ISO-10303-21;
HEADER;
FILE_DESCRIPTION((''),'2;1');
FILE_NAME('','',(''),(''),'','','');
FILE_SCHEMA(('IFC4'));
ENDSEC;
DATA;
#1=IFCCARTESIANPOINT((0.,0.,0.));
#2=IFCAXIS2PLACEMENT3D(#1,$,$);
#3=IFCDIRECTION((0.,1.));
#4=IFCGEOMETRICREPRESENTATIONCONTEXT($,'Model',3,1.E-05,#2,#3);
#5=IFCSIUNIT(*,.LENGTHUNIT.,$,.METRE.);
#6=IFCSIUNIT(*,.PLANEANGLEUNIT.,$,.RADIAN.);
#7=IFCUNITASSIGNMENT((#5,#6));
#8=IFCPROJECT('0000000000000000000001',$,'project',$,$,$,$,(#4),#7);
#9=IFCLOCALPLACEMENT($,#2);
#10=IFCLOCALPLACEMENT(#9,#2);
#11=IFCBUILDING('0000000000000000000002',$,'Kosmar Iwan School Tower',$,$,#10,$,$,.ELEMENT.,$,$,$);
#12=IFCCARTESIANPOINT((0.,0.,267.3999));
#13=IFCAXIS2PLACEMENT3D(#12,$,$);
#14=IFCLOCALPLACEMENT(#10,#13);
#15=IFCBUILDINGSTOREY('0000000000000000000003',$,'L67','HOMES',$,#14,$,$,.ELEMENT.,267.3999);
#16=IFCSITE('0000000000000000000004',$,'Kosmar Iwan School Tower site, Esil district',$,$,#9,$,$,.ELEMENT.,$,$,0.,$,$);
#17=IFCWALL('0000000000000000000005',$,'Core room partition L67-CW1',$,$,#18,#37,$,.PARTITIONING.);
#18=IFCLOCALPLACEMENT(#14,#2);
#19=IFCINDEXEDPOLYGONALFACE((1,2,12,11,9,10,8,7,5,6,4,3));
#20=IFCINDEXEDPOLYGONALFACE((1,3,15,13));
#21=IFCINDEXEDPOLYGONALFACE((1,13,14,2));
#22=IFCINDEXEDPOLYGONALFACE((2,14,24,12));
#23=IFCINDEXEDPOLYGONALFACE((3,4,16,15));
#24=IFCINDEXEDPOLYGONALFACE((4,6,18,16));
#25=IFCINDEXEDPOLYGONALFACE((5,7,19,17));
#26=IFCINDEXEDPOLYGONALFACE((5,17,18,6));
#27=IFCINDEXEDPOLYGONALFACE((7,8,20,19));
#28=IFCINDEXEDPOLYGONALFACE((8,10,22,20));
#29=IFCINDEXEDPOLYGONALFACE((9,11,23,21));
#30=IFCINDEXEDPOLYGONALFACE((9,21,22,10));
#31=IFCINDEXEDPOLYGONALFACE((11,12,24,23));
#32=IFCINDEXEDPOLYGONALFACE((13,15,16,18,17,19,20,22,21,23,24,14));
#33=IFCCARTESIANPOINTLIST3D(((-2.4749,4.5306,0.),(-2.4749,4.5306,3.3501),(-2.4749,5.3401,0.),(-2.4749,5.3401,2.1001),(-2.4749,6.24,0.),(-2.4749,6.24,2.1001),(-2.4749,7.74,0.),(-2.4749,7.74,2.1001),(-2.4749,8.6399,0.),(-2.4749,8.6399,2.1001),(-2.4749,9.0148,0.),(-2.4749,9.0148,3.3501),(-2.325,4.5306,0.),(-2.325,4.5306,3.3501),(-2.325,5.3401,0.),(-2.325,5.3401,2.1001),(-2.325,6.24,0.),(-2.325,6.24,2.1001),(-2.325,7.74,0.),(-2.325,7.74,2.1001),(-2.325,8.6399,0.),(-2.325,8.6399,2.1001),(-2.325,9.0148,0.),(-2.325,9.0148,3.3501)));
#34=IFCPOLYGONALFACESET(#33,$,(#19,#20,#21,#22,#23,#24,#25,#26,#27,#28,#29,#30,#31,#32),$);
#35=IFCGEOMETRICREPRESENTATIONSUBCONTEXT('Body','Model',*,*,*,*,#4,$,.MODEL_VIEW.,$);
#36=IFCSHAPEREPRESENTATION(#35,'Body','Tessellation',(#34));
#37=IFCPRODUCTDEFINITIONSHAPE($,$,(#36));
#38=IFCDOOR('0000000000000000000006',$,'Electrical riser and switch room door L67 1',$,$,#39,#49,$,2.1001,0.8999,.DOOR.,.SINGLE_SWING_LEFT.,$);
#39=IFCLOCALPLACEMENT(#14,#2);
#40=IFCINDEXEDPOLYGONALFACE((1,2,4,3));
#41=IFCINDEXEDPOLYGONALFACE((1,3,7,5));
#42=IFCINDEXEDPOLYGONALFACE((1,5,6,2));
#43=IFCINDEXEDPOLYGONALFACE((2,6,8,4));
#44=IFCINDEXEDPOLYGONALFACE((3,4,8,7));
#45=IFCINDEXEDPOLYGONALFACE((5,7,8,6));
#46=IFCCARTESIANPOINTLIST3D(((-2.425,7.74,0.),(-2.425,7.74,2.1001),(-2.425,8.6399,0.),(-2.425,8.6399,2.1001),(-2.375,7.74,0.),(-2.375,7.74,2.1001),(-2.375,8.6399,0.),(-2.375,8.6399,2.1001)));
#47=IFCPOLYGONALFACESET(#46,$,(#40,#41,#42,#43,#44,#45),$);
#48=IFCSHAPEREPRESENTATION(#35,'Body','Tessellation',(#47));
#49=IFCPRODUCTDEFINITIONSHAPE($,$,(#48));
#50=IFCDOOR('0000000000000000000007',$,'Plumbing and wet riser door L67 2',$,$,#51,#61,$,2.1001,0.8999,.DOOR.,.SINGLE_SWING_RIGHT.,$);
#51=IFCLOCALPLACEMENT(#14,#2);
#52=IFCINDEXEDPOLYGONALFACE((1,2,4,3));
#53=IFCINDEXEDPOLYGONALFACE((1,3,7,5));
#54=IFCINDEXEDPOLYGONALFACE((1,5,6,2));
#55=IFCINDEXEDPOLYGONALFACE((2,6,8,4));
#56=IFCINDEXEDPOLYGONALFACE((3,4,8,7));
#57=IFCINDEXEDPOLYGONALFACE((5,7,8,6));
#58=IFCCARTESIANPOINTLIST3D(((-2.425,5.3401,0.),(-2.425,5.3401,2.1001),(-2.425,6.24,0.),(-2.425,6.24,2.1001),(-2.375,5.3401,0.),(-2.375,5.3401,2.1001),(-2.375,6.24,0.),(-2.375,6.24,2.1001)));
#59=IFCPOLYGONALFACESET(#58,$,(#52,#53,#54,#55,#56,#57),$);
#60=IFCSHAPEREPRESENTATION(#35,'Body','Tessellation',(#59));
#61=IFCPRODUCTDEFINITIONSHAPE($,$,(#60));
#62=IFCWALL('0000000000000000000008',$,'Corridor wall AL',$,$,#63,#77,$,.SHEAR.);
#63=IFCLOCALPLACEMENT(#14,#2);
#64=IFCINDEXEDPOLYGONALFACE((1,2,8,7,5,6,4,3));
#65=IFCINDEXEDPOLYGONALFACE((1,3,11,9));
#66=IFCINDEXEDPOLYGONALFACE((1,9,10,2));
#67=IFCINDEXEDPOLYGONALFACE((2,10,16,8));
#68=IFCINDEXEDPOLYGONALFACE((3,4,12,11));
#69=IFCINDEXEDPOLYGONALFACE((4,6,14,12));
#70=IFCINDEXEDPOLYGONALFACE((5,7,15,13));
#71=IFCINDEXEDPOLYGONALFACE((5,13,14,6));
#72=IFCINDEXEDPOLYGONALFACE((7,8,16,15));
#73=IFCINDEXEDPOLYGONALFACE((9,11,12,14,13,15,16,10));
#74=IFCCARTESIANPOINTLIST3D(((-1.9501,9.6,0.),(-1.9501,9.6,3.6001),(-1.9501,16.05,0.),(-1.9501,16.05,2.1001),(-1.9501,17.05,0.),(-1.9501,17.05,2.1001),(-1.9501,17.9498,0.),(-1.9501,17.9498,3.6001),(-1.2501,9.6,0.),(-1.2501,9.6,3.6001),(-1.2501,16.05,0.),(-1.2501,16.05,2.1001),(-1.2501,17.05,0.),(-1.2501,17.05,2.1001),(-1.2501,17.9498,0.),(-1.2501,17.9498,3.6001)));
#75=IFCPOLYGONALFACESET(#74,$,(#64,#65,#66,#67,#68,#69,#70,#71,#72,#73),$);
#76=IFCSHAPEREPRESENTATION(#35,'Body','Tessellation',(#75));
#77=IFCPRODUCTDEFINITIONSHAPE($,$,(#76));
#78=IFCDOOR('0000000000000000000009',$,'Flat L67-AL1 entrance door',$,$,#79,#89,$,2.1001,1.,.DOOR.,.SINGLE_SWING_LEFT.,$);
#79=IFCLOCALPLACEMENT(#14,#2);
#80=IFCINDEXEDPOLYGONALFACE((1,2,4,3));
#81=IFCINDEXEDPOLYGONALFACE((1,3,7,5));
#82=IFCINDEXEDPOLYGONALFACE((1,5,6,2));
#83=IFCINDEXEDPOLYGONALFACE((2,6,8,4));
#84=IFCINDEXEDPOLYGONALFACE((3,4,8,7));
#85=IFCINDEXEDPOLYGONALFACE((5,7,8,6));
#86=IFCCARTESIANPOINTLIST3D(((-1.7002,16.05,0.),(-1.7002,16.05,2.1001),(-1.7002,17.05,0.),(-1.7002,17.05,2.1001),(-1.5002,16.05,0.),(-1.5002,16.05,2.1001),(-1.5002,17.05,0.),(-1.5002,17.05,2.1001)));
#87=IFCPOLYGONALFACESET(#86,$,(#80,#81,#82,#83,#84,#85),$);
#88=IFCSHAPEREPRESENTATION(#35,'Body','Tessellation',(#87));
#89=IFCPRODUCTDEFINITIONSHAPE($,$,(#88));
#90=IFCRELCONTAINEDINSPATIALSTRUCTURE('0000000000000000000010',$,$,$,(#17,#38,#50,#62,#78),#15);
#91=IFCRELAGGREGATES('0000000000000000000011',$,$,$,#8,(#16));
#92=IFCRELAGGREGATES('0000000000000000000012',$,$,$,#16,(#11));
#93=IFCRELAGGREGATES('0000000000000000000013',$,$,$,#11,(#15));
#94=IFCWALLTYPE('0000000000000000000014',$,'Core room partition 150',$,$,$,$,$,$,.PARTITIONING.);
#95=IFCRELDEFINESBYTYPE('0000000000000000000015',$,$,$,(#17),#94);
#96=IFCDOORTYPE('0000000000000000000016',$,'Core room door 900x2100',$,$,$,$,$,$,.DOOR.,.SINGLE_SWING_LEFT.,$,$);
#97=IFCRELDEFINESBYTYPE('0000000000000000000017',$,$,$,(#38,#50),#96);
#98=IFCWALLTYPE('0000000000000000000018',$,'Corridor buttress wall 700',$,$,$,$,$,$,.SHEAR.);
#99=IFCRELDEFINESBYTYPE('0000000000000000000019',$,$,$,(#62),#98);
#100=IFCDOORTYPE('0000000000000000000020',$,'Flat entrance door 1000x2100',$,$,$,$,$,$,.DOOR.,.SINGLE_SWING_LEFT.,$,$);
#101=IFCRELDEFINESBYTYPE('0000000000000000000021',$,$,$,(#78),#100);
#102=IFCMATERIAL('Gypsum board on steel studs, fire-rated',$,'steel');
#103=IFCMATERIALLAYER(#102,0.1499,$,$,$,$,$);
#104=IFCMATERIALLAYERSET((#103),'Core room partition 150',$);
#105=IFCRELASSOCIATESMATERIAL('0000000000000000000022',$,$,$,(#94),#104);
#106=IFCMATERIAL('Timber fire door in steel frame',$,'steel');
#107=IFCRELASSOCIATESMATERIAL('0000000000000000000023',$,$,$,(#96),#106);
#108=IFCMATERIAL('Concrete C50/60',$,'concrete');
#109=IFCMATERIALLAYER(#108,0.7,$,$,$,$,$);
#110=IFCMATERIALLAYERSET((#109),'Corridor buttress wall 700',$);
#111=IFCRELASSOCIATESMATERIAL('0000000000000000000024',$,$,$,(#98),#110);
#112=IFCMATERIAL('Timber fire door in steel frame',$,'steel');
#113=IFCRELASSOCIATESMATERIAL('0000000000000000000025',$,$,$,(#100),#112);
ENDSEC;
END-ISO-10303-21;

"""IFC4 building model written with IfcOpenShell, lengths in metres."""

from ifc_helpers import new_model, si_unit, direction, frame, frame_2d, origin, place, context, subcontext, project, spatial, rectangle, extrude, material, layer, layer_set, type_object, element, fill, save


model = new_model("IFC4")

# Units and contexts
model_context = context("Model", 3, precision=1e-05, world=origin(), true_north=direction((0.0, 1.0)))
body_context = subcontext(model_context, "Body", "Model", "MODEL_VIEW")
ifc_project = project(units=[si_unit("LENGTHUNIT", "METRE"), si_unit("PLANEANGLEUNIT", "RADIAN")], contexts=[model_context])

# Site, building, storey
site_placement = place(None, origin())
site = spatial("IfcSite", under=ifc_project, at=site_placement, Name="Kosmar Iwan School Tower site, Esil district", CompositionType="ELEMENT", RefElevation=0.0)
building_placement = place(site_placement, origin())
building = spatial("IfcBuilding", under=site, at=building_placement, Name="Kosmar Iwan School Tower", CompositionType="ELEMENT")
storey_placement = place(building_placement, frame((0.0, 0.0, 267.3999)))
storey = spatial("IfcBuildingStorey", under=building, at=storey_placement, Name="L67", Description="HOMES", CompositionType="ELEMENT", Elevation=267.3999)

# Wall, openings, doors
ifc_material_1 = material(Name="Gypsum board on steel studs, fire-rated", Category="steel")
ifc_layer_1 = layer(ifc_material_1, 0.1499)
ifc_layer_set_1 = layer_set([ifc_layer_1], Name="Core room partition 150")
wall_type_1 = type_object("IfcWallType", Name="Core room partition 150", PredefinedType="PARTITIONING", material=ifc_layer_set_1)
wall_1_placement = place(storey_placement, frame((-2.3999, 9.0149, 0.0), z_axis=(0.0, 0.0, 1.0), x_axis=(0.0, -1.0, 0.0)))
wall_1 = element("IfcWall", 1, at=wall_1_placement, inside=storey, type_object=wall_type_1, Name="Core room partition L67-CW1", PredefinedType="PARTITIONING", context=body_context, shape_type="SweptSolid", body=[
    extrude(rectangle(XDim=4.4841, YDim=0.1499, at=frame_2d((2.2422, 0.0))), origin(), (0.0, 0.0, 1.0), 3.3501),
])
opening_1_placement = place(wall_1_placement, frame((0.375, 0.0, 0.0)))
opening_1 = element("IfcOpeningElement", 2, at=opening_1_placement, cuts=wall_1, PredefinedType="OPENING", context=body_context, shape_type="SweptSolid", body=[
    extrude(rectangle(XDim=0.8999, YDim=2.1001, at=frame_2d((0.45, 1.05))), frame((0.0, 0.0869, 0.0), z_axis=(0.0, -1.0, 0.0), x_axis=(1.0, 0.0, 0.0)), (0.0, 0.0, 1.0), 0.1738),
])
opening_2_placement = place(wall_1_placement, frame((2.7749, 0.0, 0.0)))
opening_2 = element("IfcOpeningElement", 3, at=opening_2_placement, cuts=wall_1, PredefinedType="OPENING", context=body_context, shape_type="SweptSolid", body=[
    extrude(rectangle(XDim=0.8999, YDim=2.1001, at=frame_2d((0.45, 1.05))), frame((0.0, 0.0869, 0.0), z_axis=(0.0, -1.0, 0.0), x_axis=(1.0, 0.0, 0.0)), (0.0, 0.0, 1.0), 0.1738),
])
ifc_material_2 = material(Name="Timber fire door in steel frame", Category="steel")
door_type_1 = type_object("IfcDoorType", Name="Core room door 900x2100", OperationType="SINGLE_SWING_LEFT", PredefinedType="DOOR", material=ifc_material_2)
door_1_placement = place(opening_1_placement, origin())
door_1 = element("IfcDoor", 4, at=door_1_placement, inside=storey, type_object=door_type_1, Name="Electrical riser and switch room door L67 1", OperationType="SINGLE_SWING_LEFT", OverallHeight=2.1001, OverallWidth=0.8999, PredefinedType="DOOR", context=body_context, shape_type="SweptSolid", body=[
    extrude(rectangle(XDim=0.8999, YDim=2.1001, at=frame_2d((0.45, 1.05))), frame((0.0, 0.0249, 0.0), z_axis=(0.0, -1.0, 0.0), x_axis=(1.0, 0.0, 0.0)), (0.0, 0.0, 1.0), 0.05),
])
fill(opening_1, door_1)
door_2_placement = place(opening_2_placement, origin())
door_2 = element("IfcDoor", 5, at=door_2_placement, inside=storey, type_object=door_type_1, Name="Plumbing and wet riser door L67 2", OperationType="SINGLE_SWING_RIGHT", OverallHeight=2.1001, OverallWidth=0.8999, PredefinedType="DOOR", context=body_context, shape_type="SweptSolid", body=[
    extrude(rectangle(XDim=0.8999, YDim=2.1001, at=frame_2d((0.45, 1.05))), frame((0.0, 0.0249, 0.0), z_axis=(0.0, -1.0, 0.0), x_axis=(1.0, 0.0, 0.0)), (0.0, 0.0, 1.0), 0.05),
])
fill(opening_2, door_2)

# Wall, opening, door
ifc_material_3 = material(Name="Concrete C50/60", Category="concrete")
ifc_layer_2 = layer(ifc_material_3, 0.7)
ifc_layer_set_2 = layer_set([ifc_layer_2], Name="Corridor buttress wall 700")
wall_type_2 = type_object("IfcWallType", Name="Corridor buttress wall 700", PredefinedType="SHEAR", material=ifc_layer_set_2)
wall_2_placement = place(storey_placement, frame((-1.6001, 9.6001, 0.0), z_axis=(0.0, 0.0, 1.0), x_axis=(0.0, 1.0, 0.0)))
wall_2 = element("IfcWall", 6, at=wall_2_placement, inside=storey, type_object=wall_type_2, Name="Corridor wall AL", PredefinedType="SHEAR", context=body_context, shape_type="SweptSolid", body=[
    extrude(rectangle(XDim=8.3499, YDim=0.7, at=frame_2d((4.1748, 0.0))), origin(), (0.0, 0.0, 1.0), 3.6001),
])
opening_3_placement = place(wall_2_placement, frame((6.45, 0.0, 0.0)))
opening_3 = element("IfcOpeningElement", 7, at=opening_3_placement, cuts=wall_2, PredefinedType="OPENING", context=body_context, shape_type="SweptSolid", body=[
    extrude(rectangle(XDim=1.0, YDim=2.1001, at=frame_2d((0.5, 1.05))), frame((0.0, 0.3621, 0.0), z_axis=(0.0, -1.0, 0.0), x_axis=(1.0, 0.0, 0.0)), (0.0, 0.0, 1.0), 0.7239),
])
ifc_material_4 = material(Name="Timber fire door in steel frame", Category="steel")
door_type_2 = type_object("IfcDoorType", Name="Flat entrance door 1000x2100", OperationType="SINGLE_SWING_LEFT", PredefinedType="DOOR", material=ifc_material_4)
door_3_placement = place(opening_3_placement, origin())
door_3 = element("IfcDoor", 8, at=door_3_placement, inside=storey, type_object=door_type_2, Name="Flat L67-AL1 entrance door", OperationType="SINGLE_SWING_LEFT", OverallHeight=2.1001, OverallWidth=1.0, PredefinedType="DOOR", context=body_context, shape_type="SweptSolid", body=[
    extrude(rectangle(XDim=1.0, YDim=2.1001, at=frame_2d((0.5, 1.05))), frame((0.0, 0.1001, 0.0), z_axis=(0.0, -1.0, 0.0), x_axis=(1.0, 0.0, 0.0)), (0.0, 0.0, 1.0), 0.2),
])
fill(opening_3, door_3)

save(model, "model.ifc")
